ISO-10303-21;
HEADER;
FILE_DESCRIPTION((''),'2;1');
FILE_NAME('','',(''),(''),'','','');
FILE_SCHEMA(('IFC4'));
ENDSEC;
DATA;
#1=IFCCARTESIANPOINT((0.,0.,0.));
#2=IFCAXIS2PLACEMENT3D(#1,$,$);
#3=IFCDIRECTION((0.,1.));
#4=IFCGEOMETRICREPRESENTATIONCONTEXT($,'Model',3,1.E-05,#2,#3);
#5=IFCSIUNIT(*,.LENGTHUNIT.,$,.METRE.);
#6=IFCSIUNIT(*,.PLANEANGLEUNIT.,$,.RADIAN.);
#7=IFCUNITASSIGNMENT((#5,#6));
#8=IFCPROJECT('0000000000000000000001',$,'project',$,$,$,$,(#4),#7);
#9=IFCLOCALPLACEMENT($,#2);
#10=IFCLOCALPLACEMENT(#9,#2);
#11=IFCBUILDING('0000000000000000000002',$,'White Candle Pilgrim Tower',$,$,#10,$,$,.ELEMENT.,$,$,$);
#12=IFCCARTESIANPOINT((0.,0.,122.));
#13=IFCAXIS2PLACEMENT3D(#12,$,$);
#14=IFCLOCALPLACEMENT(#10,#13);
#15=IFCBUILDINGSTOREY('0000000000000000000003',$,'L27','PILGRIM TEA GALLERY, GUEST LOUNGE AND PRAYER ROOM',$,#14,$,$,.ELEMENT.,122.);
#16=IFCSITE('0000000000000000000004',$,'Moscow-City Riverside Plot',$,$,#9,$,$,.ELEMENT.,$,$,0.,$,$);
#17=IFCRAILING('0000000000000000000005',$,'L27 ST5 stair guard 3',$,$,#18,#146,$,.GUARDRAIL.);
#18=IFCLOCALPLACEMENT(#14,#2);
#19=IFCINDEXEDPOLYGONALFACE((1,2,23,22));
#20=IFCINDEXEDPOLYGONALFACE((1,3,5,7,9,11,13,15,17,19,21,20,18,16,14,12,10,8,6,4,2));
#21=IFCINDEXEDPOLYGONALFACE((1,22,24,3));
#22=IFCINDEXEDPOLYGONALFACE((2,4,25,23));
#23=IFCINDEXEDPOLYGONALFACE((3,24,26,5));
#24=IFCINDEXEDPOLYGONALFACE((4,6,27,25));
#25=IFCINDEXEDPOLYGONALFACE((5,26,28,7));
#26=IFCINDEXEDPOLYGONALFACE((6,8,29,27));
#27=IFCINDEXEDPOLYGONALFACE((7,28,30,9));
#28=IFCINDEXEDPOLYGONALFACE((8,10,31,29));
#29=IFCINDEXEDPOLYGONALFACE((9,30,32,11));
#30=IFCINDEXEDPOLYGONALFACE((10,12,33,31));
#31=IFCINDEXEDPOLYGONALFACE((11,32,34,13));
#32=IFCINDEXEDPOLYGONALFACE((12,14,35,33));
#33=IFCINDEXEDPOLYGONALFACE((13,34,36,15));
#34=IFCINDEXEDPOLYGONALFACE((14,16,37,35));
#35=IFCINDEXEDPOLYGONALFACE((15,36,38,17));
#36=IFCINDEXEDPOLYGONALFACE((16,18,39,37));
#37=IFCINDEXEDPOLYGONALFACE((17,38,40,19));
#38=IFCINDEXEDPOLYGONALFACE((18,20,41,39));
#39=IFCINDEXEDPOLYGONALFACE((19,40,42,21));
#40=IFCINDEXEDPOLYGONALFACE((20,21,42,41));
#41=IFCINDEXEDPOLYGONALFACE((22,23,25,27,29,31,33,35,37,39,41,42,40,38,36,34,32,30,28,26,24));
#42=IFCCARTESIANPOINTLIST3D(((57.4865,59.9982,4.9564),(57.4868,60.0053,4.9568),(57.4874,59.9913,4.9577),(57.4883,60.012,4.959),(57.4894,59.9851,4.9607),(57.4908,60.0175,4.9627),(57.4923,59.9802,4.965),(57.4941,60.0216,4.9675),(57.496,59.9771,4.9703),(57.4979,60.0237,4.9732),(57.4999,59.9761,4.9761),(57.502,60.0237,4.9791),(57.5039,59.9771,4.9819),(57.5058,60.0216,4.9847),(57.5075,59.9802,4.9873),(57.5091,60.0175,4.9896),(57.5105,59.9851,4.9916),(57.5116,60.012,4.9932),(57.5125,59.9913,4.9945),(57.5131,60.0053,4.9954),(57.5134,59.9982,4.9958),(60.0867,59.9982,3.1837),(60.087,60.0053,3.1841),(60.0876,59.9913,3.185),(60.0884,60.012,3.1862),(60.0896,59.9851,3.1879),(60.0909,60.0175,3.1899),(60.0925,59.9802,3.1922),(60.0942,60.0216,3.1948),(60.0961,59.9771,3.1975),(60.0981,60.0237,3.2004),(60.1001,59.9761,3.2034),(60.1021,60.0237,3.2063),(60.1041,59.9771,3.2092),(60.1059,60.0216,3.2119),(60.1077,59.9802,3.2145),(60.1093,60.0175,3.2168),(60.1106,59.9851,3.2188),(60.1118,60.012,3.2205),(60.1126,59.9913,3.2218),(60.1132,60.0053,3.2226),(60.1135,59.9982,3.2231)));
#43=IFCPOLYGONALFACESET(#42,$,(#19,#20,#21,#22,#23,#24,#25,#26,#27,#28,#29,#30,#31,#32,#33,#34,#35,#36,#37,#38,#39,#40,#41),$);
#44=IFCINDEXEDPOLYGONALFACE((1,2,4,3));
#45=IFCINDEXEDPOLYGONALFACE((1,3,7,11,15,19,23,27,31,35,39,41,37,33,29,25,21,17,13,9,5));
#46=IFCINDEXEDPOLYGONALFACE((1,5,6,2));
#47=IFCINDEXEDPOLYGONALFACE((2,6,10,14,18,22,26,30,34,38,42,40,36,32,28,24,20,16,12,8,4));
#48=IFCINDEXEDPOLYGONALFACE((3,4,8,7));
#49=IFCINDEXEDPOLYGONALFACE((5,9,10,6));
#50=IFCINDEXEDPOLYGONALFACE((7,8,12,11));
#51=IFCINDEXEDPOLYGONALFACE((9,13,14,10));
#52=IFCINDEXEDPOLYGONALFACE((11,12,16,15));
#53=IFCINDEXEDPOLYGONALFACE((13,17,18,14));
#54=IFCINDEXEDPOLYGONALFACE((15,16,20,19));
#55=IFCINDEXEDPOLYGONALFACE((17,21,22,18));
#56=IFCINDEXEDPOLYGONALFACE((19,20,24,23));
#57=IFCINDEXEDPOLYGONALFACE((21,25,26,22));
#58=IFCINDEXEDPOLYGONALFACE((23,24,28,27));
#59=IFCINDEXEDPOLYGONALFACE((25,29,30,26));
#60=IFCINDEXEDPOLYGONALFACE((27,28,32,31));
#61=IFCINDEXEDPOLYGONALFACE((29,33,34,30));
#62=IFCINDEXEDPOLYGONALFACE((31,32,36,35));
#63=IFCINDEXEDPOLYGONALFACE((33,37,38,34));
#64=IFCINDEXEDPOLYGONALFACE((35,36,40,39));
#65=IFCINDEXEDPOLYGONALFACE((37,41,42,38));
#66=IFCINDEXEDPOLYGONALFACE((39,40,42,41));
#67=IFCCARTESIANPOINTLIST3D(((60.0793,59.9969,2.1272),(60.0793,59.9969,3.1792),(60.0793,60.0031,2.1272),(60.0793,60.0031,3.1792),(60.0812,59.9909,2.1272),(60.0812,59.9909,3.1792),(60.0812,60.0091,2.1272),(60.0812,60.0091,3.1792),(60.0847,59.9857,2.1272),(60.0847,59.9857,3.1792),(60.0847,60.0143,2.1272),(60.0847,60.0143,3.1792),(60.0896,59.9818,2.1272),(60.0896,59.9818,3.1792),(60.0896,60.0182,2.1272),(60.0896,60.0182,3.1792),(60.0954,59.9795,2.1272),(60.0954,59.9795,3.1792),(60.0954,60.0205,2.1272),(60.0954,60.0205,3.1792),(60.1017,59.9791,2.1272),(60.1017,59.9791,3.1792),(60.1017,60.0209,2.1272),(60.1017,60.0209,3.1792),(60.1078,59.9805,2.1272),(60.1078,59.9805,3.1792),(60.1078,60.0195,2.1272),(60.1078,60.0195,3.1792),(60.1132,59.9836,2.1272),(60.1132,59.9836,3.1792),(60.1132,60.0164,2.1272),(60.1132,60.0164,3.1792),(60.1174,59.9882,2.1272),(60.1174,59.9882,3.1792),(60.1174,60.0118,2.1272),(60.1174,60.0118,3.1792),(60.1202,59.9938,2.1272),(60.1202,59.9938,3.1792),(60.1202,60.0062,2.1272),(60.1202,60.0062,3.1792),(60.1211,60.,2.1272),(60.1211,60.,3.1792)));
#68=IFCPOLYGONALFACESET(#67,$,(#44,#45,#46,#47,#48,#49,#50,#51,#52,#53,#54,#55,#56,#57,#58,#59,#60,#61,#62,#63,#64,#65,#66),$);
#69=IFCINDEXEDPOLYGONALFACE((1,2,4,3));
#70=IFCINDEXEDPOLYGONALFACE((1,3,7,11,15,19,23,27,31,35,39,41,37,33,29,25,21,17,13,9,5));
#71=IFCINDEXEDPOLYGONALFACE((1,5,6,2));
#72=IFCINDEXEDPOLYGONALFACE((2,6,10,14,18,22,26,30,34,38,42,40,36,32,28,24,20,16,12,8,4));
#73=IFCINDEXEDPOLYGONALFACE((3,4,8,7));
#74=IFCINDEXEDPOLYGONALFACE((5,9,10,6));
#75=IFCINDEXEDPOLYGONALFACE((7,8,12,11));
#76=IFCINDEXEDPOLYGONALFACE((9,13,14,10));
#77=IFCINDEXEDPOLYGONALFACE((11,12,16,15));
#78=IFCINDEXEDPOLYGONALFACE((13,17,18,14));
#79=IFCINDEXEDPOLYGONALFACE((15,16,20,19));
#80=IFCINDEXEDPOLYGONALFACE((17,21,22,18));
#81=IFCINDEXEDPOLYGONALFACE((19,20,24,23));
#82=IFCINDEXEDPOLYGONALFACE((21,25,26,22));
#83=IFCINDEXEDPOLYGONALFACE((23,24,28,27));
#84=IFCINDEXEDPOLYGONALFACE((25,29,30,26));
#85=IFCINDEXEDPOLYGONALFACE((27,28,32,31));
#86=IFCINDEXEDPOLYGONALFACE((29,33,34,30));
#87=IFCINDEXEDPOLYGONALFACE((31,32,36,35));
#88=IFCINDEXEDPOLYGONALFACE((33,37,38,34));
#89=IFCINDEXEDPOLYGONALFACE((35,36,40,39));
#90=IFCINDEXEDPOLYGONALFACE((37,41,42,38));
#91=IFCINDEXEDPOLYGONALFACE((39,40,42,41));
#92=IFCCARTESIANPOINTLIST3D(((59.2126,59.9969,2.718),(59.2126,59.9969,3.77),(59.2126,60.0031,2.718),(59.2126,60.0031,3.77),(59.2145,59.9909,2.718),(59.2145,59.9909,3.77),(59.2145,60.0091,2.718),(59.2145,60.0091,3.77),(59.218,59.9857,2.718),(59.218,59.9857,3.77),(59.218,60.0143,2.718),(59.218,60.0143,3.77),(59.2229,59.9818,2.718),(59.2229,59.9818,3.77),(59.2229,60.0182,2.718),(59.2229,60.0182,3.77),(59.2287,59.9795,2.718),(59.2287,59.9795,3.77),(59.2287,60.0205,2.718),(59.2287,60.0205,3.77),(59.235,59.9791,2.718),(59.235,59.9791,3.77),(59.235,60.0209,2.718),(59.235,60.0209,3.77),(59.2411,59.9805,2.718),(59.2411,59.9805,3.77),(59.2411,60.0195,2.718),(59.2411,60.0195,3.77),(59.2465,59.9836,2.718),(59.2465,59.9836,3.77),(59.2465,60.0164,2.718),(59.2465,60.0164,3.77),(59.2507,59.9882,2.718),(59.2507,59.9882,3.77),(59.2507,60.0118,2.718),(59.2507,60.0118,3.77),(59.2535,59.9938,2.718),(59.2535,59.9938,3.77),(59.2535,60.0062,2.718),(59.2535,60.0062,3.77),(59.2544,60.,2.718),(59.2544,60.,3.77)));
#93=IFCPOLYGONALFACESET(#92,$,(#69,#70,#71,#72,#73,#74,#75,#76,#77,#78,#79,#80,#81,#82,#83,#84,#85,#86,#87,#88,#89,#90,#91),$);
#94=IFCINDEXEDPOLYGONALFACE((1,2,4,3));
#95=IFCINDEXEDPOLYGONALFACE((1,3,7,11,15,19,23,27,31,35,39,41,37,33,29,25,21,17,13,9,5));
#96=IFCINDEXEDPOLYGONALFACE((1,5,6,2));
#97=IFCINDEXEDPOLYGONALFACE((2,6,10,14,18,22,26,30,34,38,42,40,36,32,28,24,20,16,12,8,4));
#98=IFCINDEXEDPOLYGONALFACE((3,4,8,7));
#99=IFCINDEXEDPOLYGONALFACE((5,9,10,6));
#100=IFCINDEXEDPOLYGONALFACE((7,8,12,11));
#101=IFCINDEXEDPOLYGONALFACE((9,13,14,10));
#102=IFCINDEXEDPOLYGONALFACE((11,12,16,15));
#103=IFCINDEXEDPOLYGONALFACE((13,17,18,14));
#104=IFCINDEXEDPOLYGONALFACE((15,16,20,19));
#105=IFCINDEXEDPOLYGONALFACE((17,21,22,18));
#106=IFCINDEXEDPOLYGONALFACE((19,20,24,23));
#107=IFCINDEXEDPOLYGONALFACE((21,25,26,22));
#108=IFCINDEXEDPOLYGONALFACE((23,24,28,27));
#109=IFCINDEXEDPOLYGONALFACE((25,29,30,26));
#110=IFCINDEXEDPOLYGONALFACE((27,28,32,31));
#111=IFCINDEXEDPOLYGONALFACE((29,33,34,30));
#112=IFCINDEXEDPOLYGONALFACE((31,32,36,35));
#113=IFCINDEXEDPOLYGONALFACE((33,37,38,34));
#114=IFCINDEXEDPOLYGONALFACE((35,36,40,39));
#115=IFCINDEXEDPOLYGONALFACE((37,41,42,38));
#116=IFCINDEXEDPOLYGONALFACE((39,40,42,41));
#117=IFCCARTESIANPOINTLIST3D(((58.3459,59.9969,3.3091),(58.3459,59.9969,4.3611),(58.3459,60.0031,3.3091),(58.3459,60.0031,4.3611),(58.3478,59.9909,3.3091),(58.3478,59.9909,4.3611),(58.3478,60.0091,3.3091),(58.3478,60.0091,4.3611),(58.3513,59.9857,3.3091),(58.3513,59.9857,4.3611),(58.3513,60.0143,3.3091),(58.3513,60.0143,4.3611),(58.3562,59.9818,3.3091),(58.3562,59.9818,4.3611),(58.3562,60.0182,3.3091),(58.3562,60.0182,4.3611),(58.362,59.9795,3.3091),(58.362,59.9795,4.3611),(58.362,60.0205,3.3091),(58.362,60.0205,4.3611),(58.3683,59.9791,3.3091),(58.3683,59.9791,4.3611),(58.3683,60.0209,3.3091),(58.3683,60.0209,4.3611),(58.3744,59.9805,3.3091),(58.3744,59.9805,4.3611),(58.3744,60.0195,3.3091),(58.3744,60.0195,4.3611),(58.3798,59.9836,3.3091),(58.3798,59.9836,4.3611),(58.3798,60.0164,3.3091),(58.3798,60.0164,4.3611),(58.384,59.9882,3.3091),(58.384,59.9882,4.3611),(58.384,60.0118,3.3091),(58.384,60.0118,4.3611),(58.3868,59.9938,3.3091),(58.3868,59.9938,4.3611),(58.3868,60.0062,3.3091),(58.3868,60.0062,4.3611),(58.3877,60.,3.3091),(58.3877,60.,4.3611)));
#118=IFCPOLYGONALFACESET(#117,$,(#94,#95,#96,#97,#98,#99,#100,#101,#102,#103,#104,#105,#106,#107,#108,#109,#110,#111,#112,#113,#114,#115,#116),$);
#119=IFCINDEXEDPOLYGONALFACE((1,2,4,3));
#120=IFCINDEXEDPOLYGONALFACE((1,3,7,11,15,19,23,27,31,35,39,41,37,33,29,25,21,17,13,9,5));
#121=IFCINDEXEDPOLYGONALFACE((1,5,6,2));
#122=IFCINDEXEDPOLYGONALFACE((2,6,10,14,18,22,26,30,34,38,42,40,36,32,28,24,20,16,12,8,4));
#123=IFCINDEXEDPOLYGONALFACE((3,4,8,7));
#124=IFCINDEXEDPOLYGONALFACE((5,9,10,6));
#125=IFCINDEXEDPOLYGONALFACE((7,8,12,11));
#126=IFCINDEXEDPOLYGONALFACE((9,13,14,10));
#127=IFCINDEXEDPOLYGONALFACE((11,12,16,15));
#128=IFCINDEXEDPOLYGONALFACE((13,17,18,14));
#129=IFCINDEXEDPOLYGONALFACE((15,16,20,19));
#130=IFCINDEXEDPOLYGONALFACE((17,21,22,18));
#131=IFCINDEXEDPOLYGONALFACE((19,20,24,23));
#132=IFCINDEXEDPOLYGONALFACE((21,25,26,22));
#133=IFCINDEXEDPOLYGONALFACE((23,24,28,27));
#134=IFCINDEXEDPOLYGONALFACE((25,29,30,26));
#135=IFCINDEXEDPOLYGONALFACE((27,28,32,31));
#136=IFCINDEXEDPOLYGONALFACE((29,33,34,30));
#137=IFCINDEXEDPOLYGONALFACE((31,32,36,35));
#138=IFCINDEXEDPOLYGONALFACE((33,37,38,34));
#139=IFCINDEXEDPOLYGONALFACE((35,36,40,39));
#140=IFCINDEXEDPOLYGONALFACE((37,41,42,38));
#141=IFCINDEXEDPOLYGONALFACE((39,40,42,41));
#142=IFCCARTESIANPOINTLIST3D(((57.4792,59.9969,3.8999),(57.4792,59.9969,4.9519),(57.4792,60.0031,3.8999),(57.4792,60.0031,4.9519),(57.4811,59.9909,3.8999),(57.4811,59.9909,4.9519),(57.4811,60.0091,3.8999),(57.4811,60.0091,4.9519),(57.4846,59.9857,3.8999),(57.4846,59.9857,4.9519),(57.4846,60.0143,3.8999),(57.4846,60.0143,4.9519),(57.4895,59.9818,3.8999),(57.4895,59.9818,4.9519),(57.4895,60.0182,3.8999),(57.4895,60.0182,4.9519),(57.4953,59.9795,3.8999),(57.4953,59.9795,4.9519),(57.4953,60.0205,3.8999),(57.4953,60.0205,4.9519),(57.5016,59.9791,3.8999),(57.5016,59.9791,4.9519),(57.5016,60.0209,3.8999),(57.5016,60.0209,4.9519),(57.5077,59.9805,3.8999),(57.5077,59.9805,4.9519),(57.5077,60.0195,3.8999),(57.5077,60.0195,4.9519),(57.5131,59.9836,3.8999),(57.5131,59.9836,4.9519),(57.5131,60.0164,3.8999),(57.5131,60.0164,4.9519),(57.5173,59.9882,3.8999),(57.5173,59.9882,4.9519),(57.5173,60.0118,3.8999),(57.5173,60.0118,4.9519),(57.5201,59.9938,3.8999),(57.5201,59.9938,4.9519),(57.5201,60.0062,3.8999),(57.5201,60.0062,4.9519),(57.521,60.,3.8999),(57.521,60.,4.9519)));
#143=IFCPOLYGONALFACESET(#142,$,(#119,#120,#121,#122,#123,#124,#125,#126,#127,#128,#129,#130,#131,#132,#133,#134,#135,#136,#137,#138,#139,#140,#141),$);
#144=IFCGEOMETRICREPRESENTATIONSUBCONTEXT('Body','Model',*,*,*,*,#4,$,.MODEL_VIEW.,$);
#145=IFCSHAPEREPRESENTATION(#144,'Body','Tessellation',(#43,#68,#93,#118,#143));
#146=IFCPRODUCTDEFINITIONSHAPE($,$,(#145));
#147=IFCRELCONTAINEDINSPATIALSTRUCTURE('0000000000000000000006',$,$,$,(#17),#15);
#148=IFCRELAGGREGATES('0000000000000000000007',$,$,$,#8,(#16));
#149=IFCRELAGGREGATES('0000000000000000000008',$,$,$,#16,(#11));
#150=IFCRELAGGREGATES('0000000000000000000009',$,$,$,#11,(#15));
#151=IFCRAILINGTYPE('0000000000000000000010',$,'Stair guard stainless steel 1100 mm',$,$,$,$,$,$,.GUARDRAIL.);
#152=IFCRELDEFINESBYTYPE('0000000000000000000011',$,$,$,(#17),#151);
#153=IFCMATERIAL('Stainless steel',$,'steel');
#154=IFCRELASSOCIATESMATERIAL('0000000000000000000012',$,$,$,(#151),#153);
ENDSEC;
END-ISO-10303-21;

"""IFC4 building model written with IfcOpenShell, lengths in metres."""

from ifc_helpers import new_model, si_unit, direction, frame, origin, origin_2d, place, context, subcontext, project, spatial, circle, extrude, material, type_object, element, save


model = new_model("IFC4")

# Units and contexts
model_context = context("Model", 3, precision=1e-05, world=origin(), true_north=direction((0.0, 1.0)))
body_context = subcontext(model_context, "Body", "Model", "MODEL_VIEW")
ifc_project = project(units=[si_unit("LENGTHUNIT", "METRE"), si_unit("PLANEANGLEUNIT", "RADIAN")], contexts=[model_context])

# Site, building, storey
site_placement = place(None, origin())
site = spatial("IfcSite", under=ifc_project, at=site_placement, Name="Moscow-City Riverside Plot", CompositionType="ELEMENT", RefElevation=0.0)
building_placement = place(site_placement, origin())
building = spatial("IfcBuilding", under=site, at=building_placement, Name="White Candle Pilgrim Tower", CompositionType="ELEMENT")
storey_placement = place(building_placement, frame((0.0, 0.0, 122.0)))
storey = spatial("IfcBuildingStorey", under=building, at=storey_placement, Name="L27", Description="PILGRIM TEA GALLERY, GUEST LOUNGE AND PRAYER ROOM", CompositionType="ELEMENT", Elevation=122.0)

# Railing
ifc_material_1 = material(Name="Stainless steel", Category="steel")
railing_type_1 = type_object("IfcRailingType", Name="Stair guard stainless steel 1100 mm", PredefinedType="GUARDRAIL", material=ifc_material_1)
railing_1_placement = place(storey_placement, frame((60.1001, 60.0, 2.1272)))
element("IfcRailing", 1, at=railing_1_placement, inside=storey, type_object=railing_type_1, Name="L27 ST5 stair guard 3", PredefinedType="GUARDRAIL", context=body_context, shape_type="SweptSolid", body=[
    extrude(circle(Radius=0.0239, at=origin_2d()), frame((0.0, 0.0, 1.0762), z_axis=(-0.82624, 0.0, 0.563318), x_axis=(0.0, -1.0, 0.0)), (0.0, 0.0, 1.0), 3.147),
    extrude(circle(Radius=0.021, at=origin_2d()), origin(), (0.0, 0.0, 1.0), 1.052),
    extrude(circle(Radius=0.021, at=origin_2d()), frame((-0.8667, 0.0, 0.5908)), (0.0, 0.0, 1.0), 1.052),
    extrude(circle(Radius=0.021, at=origin_2d()), frame((-1.7334, 0.0, 1.1819)), (0.0, 0.0, 1.0), 1.052),
    extrude(circle(Radius=0.021, at=origin_2d()), frame((-2.6001, 0.0, 1.7727)), (0.0, 0.0, 1.0), 1.052),
])

save(model, "model.ifc")
